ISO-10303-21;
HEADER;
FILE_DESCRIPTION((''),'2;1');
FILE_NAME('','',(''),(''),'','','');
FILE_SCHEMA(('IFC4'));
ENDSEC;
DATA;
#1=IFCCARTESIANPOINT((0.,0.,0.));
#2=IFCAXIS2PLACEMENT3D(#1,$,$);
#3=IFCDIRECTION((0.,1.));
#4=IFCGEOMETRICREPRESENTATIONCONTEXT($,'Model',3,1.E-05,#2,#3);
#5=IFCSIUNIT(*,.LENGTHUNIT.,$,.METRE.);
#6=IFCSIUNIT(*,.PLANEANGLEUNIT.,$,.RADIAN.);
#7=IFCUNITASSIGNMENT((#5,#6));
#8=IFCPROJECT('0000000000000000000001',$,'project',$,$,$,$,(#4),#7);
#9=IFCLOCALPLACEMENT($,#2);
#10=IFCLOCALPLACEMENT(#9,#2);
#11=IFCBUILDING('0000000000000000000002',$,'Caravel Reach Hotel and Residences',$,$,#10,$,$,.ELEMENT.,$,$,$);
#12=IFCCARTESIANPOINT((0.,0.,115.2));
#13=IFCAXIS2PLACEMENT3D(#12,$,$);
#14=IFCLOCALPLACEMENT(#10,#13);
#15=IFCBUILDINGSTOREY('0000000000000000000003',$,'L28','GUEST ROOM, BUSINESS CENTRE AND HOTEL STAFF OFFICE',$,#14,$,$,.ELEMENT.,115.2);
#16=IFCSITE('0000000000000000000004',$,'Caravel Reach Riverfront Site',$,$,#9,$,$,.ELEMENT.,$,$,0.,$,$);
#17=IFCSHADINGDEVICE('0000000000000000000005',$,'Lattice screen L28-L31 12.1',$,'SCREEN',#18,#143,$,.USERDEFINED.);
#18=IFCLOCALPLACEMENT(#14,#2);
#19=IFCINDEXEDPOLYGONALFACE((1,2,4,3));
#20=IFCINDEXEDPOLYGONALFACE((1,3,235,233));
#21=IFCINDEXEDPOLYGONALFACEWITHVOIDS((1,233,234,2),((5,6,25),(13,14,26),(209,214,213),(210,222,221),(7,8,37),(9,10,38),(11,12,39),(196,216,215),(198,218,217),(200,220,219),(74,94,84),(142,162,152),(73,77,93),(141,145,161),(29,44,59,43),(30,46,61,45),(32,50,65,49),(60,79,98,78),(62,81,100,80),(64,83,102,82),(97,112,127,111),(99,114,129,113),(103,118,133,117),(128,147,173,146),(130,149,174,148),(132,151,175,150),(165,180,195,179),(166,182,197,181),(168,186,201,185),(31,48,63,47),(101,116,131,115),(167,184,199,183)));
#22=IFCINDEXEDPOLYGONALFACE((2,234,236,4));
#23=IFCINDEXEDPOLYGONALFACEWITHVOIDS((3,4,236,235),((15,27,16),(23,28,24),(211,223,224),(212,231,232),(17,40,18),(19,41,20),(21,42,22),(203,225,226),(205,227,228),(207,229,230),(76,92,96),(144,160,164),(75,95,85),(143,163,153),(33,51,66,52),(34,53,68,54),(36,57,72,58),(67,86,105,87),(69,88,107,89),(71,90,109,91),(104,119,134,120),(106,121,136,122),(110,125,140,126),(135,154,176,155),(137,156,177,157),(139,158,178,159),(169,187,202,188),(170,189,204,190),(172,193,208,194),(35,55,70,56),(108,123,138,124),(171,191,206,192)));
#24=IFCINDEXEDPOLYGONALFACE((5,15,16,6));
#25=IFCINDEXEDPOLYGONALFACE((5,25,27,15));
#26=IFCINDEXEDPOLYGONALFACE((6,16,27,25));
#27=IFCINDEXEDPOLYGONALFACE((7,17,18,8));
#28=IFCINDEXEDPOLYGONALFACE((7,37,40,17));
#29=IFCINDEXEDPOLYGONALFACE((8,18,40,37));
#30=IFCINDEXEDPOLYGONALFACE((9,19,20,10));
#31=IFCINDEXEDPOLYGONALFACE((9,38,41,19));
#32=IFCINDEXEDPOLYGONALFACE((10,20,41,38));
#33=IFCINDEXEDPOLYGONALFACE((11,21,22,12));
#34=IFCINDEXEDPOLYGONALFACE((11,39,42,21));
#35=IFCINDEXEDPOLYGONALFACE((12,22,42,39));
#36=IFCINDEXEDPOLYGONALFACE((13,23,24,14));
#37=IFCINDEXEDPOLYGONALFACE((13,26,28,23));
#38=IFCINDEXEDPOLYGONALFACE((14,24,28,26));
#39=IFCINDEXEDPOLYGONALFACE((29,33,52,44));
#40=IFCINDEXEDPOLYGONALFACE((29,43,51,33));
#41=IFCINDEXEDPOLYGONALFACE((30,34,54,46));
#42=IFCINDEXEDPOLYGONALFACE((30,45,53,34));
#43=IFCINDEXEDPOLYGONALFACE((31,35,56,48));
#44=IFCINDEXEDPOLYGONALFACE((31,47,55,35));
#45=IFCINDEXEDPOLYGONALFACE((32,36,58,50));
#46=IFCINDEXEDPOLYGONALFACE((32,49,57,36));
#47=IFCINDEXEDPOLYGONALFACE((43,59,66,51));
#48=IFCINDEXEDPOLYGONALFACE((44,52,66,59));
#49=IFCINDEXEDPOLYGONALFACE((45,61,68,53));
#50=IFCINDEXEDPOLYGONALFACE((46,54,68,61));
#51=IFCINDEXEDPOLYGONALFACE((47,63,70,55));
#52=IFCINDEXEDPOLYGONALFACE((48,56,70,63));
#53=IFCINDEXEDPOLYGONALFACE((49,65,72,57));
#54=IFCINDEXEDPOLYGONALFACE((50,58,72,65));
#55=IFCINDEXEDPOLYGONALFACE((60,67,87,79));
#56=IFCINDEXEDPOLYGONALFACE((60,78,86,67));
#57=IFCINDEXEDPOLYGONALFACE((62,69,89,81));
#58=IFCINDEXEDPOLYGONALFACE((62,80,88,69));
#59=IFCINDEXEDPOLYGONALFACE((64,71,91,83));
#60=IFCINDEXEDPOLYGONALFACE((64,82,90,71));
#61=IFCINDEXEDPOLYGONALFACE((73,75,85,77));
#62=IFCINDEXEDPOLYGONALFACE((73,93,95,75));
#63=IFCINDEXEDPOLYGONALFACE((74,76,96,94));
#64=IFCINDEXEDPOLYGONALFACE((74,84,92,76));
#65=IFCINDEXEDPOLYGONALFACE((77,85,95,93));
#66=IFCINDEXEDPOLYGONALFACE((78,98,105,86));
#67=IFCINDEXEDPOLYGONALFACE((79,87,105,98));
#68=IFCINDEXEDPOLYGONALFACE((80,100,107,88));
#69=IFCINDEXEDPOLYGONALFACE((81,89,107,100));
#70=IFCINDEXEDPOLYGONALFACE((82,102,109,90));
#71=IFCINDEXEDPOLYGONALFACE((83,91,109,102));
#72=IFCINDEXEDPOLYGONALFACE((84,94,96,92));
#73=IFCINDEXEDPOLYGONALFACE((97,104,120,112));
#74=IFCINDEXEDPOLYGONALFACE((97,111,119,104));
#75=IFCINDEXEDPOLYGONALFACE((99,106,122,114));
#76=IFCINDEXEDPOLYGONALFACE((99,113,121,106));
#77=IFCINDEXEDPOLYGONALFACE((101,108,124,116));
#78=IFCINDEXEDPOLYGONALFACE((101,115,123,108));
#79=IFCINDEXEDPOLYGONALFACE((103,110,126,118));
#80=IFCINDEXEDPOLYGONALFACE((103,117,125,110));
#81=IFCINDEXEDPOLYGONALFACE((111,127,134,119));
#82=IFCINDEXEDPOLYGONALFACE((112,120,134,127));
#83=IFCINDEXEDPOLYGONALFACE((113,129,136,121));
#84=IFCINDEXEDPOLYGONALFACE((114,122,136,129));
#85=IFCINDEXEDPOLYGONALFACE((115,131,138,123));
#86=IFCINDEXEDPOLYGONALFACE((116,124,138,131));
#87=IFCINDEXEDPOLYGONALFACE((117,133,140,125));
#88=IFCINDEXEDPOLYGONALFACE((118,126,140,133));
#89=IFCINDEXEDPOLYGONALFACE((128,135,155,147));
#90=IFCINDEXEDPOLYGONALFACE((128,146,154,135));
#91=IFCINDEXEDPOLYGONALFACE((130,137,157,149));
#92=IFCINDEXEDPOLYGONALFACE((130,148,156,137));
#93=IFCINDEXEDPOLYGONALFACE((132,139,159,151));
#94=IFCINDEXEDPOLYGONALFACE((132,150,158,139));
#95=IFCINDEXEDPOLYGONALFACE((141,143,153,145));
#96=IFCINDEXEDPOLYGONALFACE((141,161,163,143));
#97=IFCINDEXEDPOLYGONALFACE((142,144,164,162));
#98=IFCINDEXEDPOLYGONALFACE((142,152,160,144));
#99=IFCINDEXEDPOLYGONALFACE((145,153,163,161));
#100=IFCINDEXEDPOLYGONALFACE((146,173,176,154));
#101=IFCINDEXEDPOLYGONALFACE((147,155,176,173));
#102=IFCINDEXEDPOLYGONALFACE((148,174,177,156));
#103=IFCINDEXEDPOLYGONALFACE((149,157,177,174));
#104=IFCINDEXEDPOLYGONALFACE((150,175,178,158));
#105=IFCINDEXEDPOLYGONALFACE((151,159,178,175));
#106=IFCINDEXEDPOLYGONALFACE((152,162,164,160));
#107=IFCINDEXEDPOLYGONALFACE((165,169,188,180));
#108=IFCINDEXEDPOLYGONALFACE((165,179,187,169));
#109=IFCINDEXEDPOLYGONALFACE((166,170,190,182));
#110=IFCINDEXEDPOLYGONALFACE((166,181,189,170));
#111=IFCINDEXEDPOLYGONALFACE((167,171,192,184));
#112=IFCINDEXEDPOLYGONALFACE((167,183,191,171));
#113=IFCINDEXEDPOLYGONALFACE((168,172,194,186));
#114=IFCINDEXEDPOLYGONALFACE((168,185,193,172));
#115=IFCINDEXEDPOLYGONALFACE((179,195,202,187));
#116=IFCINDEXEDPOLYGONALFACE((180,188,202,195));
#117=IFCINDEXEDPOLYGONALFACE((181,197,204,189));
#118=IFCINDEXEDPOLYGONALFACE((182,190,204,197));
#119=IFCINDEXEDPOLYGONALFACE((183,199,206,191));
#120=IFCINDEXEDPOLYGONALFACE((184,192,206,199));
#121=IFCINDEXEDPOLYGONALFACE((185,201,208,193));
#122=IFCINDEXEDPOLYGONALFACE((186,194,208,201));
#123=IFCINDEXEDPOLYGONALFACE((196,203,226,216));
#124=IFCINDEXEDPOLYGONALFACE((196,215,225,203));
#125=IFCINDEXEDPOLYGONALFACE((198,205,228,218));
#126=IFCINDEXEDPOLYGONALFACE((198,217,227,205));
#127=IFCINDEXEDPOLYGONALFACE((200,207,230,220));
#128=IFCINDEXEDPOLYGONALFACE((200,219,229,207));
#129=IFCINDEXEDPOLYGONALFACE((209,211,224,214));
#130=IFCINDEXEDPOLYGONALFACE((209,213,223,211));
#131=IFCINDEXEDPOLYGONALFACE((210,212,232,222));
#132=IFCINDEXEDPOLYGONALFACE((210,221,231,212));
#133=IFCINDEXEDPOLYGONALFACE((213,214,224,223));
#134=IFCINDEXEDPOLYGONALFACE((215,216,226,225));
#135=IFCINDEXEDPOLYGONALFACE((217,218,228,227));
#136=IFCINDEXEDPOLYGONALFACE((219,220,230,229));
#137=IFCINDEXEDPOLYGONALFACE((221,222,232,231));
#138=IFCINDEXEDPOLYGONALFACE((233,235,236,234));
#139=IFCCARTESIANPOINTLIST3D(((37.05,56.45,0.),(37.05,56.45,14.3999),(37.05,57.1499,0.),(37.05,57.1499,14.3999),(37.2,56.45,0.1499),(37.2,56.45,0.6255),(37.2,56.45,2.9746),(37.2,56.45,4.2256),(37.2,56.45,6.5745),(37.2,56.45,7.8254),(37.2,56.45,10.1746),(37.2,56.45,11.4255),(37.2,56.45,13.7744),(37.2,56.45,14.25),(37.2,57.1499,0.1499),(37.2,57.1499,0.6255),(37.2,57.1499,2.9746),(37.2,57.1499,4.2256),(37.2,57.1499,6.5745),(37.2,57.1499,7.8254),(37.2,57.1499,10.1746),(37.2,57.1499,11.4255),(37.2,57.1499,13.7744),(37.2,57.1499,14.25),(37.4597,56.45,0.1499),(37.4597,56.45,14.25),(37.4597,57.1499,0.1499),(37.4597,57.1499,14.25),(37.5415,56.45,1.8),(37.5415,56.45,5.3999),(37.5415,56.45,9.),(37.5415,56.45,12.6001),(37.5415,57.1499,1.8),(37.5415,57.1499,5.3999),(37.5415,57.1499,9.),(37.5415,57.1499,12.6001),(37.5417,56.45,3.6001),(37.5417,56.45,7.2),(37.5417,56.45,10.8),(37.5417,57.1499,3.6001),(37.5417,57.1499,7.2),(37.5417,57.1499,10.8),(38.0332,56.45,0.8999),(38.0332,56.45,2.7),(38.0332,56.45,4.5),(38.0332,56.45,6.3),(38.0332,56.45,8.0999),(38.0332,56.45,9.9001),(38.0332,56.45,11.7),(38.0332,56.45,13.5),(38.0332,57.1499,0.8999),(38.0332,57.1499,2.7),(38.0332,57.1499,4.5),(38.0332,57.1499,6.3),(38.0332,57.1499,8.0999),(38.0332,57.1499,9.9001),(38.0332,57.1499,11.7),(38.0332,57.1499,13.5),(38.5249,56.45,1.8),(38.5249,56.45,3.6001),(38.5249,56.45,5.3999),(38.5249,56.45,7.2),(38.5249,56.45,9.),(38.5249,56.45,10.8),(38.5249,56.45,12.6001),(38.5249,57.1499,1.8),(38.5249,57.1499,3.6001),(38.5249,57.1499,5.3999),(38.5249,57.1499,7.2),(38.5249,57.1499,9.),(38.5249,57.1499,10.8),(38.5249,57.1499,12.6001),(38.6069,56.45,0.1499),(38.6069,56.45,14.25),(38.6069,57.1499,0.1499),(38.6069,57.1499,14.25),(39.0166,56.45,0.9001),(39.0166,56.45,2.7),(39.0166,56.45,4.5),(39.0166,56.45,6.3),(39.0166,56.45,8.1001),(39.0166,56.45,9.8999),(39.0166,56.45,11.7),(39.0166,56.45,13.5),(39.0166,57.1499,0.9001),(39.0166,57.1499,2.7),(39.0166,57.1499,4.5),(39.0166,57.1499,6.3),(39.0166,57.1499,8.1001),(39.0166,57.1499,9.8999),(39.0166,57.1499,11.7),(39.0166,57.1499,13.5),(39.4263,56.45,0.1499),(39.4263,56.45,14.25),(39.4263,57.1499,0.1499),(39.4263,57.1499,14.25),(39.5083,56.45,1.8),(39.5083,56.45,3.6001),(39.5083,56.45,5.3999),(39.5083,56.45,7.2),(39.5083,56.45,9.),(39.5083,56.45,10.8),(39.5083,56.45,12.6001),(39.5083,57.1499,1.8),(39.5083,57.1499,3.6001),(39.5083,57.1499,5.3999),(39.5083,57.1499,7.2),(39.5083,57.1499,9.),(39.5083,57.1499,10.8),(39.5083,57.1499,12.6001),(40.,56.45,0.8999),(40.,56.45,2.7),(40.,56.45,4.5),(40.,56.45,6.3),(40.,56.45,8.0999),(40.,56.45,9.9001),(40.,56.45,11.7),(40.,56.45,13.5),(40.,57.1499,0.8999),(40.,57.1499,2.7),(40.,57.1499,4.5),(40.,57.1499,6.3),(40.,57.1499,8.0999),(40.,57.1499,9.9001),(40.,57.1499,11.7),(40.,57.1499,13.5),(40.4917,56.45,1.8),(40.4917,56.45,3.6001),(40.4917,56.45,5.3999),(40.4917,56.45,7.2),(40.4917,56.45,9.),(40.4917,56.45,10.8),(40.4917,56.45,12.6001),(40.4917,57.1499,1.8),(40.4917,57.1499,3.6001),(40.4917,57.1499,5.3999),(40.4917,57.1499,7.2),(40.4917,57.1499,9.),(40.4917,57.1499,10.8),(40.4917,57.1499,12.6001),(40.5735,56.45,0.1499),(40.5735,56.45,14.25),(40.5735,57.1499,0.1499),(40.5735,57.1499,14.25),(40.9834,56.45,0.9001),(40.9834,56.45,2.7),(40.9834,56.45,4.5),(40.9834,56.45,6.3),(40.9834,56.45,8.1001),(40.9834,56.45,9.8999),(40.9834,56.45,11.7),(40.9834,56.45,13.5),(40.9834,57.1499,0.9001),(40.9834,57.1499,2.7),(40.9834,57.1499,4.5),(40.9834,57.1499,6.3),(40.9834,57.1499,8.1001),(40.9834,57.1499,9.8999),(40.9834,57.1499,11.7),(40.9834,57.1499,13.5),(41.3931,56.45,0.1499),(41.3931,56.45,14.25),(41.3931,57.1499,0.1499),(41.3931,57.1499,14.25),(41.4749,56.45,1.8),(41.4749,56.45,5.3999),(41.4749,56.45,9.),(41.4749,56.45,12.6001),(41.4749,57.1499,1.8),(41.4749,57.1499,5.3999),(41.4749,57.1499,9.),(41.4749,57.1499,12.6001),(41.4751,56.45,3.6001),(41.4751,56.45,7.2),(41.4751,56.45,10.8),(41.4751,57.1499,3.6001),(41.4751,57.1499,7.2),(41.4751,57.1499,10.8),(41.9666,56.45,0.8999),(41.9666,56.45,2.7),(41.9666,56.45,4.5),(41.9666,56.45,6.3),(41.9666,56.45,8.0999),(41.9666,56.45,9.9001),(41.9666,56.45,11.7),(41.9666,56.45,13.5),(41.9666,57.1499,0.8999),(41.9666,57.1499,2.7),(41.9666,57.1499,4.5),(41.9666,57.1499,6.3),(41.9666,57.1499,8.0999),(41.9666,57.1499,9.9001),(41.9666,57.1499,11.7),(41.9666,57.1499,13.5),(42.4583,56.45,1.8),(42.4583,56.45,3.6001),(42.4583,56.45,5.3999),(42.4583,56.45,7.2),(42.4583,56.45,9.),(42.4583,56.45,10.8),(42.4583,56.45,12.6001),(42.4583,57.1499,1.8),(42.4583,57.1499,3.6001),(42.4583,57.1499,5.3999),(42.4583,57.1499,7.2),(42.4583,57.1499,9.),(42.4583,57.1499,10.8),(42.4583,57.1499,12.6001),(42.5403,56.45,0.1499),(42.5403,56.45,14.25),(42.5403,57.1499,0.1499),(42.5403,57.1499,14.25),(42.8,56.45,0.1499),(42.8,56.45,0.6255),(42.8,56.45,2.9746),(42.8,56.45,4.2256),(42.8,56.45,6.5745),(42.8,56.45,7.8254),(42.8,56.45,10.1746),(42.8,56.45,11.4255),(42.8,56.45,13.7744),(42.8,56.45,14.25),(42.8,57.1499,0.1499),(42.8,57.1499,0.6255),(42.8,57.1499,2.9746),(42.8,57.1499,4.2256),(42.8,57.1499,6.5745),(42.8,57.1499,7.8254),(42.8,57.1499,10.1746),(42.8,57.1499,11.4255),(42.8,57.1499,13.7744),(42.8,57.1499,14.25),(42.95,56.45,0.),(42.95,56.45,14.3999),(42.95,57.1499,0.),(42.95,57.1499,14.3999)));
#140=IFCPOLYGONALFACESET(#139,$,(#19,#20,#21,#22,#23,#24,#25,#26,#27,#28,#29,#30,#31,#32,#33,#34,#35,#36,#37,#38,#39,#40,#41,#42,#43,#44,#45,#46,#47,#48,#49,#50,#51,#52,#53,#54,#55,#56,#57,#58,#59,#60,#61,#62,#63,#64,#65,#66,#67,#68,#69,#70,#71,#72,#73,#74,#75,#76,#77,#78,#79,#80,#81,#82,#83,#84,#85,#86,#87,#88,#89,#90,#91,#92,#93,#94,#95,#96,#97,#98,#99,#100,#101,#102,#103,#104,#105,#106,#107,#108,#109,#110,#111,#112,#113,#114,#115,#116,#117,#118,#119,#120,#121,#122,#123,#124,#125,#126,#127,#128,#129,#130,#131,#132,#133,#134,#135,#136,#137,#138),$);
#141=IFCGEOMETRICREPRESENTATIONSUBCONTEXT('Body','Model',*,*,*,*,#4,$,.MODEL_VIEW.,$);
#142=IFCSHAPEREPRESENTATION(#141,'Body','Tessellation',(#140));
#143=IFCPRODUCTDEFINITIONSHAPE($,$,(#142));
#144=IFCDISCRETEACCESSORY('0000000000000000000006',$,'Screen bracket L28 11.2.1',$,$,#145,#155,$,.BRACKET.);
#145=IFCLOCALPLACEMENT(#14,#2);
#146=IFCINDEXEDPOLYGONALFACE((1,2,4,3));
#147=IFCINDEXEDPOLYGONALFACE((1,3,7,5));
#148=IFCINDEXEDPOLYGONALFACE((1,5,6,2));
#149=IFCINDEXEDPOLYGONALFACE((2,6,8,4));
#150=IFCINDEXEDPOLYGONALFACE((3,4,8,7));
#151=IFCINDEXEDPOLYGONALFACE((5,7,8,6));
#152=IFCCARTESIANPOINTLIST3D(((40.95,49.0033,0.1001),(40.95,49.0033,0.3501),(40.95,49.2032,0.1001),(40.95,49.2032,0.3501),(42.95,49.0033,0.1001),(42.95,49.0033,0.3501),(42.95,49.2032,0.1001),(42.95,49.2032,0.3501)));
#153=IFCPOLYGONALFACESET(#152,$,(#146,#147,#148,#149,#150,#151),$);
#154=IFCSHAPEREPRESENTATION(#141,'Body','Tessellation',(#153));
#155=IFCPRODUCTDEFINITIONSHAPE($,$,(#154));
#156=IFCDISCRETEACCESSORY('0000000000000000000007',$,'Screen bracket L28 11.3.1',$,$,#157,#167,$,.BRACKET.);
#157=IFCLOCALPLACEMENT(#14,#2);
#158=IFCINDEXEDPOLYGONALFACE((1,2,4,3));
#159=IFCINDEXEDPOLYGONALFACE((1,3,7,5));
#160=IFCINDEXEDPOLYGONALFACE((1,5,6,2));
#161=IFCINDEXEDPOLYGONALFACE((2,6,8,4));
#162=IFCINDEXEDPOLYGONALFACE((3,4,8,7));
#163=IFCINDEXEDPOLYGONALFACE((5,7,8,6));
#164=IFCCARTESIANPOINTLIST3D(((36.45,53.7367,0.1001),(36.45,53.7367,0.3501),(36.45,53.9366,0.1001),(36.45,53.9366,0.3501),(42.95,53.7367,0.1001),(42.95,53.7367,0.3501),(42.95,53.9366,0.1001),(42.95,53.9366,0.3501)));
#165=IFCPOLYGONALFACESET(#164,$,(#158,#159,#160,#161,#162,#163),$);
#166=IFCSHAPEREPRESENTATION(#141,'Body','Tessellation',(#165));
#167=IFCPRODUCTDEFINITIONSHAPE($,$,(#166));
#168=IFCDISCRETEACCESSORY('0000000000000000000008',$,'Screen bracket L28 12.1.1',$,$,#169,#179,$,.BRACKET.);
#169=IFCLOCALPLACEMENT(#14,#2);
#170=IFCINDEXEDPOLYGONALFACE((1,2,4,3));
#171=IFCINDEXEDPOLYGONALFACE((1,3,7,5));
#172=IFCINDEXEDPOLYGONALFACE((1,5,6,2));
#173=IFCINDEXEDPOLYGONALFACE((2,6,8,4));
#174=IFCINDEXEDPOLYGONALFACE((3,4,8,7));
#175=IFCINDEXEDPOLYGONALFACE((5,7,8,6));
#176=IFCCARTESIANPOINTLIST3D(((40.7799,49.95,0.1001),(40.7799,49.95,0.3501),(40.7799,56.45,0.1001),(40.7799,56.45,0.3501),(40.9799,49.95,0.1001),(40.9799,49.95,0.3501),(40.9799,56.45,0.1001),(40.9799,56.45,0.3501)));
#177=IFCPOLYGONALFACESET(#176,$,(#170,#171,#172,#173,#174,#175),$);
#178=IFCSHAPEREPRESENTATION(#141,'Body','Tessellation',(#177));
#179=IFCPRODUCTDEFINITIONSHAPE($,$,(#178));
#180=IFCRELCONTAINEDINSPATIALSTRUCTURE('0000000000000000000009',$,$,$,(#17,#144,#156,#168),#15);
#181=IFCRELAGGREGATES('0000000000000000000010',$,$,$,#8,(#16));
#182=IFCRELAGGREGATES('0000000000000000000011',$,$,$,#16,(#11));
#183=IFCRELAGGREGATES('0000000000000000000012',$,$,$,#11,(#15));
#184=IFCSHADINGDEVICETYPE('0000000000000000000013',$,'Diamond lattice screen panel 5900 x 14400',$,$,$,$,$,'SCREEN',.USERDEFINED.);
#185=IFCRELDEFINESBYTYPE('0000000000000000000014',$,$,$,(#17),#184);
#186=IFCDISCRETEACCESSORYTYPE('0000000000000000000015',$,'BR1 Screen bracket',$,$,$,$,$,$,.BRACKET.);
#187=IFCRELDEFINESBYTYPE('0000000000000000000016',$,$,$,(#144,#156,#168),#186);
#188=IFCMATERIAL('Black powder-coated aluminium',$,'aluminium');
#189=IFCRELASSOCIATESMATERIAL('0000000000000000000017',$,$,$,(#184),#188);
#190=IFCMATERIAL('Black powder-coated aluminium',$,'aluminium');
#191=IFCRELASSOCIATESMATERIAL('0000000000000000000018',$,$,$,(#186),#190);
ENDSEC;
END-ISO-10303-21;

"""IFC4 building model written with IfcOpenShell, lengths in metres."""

from ifc_helpers import new_model, si_unit, direction, frame, origin, origin_2d, place, context, subcontext, project, spatial, polyline, rectangle, outline, extrude, material, type_object, element, save


model = new_model("IFC4")

# Units and contexts
model_context = context("Model", 3, precision=1e-05, world=origin(), true_north=direction((0.0, 1.0)))
body_context = subcontext(model_context, "Body", "Model", "MODEL_VIEW")
ifc_project = project(units=[si_unit("LENGTHUNIT", "METRE"), si_unit("PLANEANGLEUNIT", "RADIAN")], contexts=[model_context])

# Site, building, storey
site_placement = place(None, origin())
site = spatial("IfcSite", under=ifc_project, at=site_placement, Name="Caravel Reach Riverfront Site", CompositionType="ELEMENT", RefElevation=0.0)
building_placement = place(site_placement, origin())
building = spatial("IfcBuilding", under=site, at=building_placement, Name="Caravel Reach Hotel and Residences", CompositionType="ELEMENT")
storey_placement = place(building_placement, frame((0.0, 0.0, 115.2)))
storey = spatial("IfcBuildingStorey", under=building, at=storey_placement, Name="L28", Description="GUEST ROOM, BUSINESS CENTRE AND HOTEL STAFF OFFICE", CompositionType="ELEMENT", Elevation=115.2)

# Shading device
ifc_material_1 = material(Name="Black powder-coated aluminium", Category="aluminium")
shading_device_type_1 = type_object("IfcShadingDeviceType", Name="Diamond lattice screen panel 5900 x 14400", ElementType="SCREEN", PredefinedType="USERDEFINED", material=ifc_material_1)
shading_device_1_placement = place(storey_placement, frame((42.95, 56.45, 0.0), z_axis=(0.0, 1.0, 0.0), x_axis=(-1.0, 0.0, 0.0)))
element("IfcShadingDevice", 1, at=shading_device_1_placement, inside=storey, type_object=shading_device_type_1, Name="Lattice screen L28-L31 12.1", ObjectType="SCREEN", PredefinedType="USERDEFINED", context=body_context, shape_type="SweptSolid", body=[
    extrude(outline(polyline([(0.0, 0.0), (5.8999, 0.0), (5.8999, 14.3999), (0.0, 14.3999), (0.0, 0.0)]), holes=[polyline([(0.4097, 0.1499), (0.1499, 0.6255), (0.1499, 0.1499), (0.4097, 0.1499)]), polyline([(0.4917, 3.6001), (0.1499, 4.2256), (0.1499, 2.9746), (0.4917, 3.6001)]), polyline([(0.4917, 7.2), (0.1499, 7.8254), (0.1499, 6.5745), (0.4917, 7.2)]), polyline([(0.4917, 10.8), (0.1499, 11.4255), (0.1499, 10.1746), (0.4917, 10.8)]), polyline([(0.1499, 13.7744), (0.4097, 14.25), (0.1499, 14.25), (0.1499, 13.7744)]), polyline([(0.9834, 2.7), (0.4917, 1.8), (0.9834, 0.8999), (1.4751, 1.8), (0.9834, 2.7)]), polyline([(0.9834, 6.3), (0.4917, 5.3999), (0.9834, 4.5), (1.4751, 5.3999), (0.9834, 6.3)]), polyline([(0.9834, 9.9001), (0.4917, 9.0), (0.9834, 8.0999), (1.4751, 9.0), (0.9834, 9.9001)]), polyline([(0.9834, 13.5), (0.4917, 12.6001), (0.9834, 11.7), (1.4751, 12.6001), (0.9834, 13.5)]), polyline([(1.9666, 0.9001), (1.5569, 0.1499), (2.3765, 0.1499), (1.9666, 0.9001)]), polyline([(1.9666, 4.5), (1.4749, 3.6001), (1.9666, 2.7), (2.4583, 3.6001), (1.9666, 4.5)]), polyline([(1.9666, 8.1001), (1.4749, 7.2), (1.9666, 6.3), (2.4583, 7.2), (1.9666, 8.1001)]), polyline([(1.9666, 11.7), (1.4749, 10.8), (1.9666, 9.8999), (2.4583, 10.8), (1.9666, 11.7)]), polyline([(1.9666, 13.5), (2.3765, 14.25), (1.5569, 14.25), (1.9666, 13.5)]), polyline([(2.95, 2.7), (2.4583, 1.8), (2.95, 0.8999), (3.4417, 1.8), (2.95, 2.7)]), polyline([(2.95, 6.3), (2.4583, 5.3999), (2.95, 4.5), (3.4417, 5.3999), (2.95, 6.3)]), polyline([(2.95, 9.9001), (2.4583, 9.0), (2.95, 8.0999), (3.4417, 9.0), (2.95, 9.9001)]), polyline([(2.95, 13.5), (2.4583, 12.6001), (2.95, 11.7), (3.4417, 12.6001), (2.95, 13.5)]), polyline([(3.9333, 0.9001), (3.5237, 0.1499), (4.343, 0.1499), (3.9333, 0.9001)]), polyline([(3.9333, 4.5), (3.4417, 3.6001), (3.9333, 2.7), (4.425, 3.6001), (3.9333, 4.5)]), polyline([(3.9333, 8.1001), (3.4417, 7.2), (3.9333, 6.3), (4.425, 7.2), (3.9333, 8.1001)]), polyline([(3.9333, 11.7), (3.4417, 10.8), (3.9333, 9.8999), (4.425, 10.8), (3.9333, 11.7)]), polyline([(3.9333, 13.5), (4.343, 14.25), (3.5237, 14.25), (3.9333, 13.5)]), polyline([(4.9167, 2.7), (4.425, 1.8), (4.9167, 0.8999), (5.4084, 1.8), (4.9167, 2.7)]), polyline([(4.9167, 6.3), (4.425, 5.3999), (4.9167, 4.5), (5.4084, 5.3999), (4.9167, 6.3)]), polyline([(4.9167, 9.9001), (4.425, 9.0), (4.9167, 8.0999), (5.4084, 9.0), (4.9167, 9.9001)]), polyline([(4.9167, 13.5), (4.425, 12.6001), (4.9167, 11.7), (5.4084, 12.6001), (4.9167, 13.5)]), polyline([(5.75, 0.6255), (5.4902, 0.1499), (5.75, 0.1499), (5.75, 0.6255)]), polyline([(5.4082, 3.6001), (5.75, 2.9746), (5.75, 4.2256), (5.4082, 3.6001)]), polyline([(5.4082, 7.2), (5.75, 6.5745), (5.75, 7.8254), (5.4082, 7.2)]), polyline([(5.4082, 10.8), (5.75, 10.1746), (5.75, 11.4255), (5.4082, 10.8)]), polyline([(5.4902, 14.25), (5.75, 13.7744), (5.75, 14.25), (5.4902, 14.25)])]), origin(), (0.0, 0.0, 1.0), 0.7),
])

# Discrete accessories
ifc_material_2 = material(Name="Black powder-coated aluminium", Category="aluminium")
discrete_accessory_type = type_object("IfcDiscreteAccessoryType", Name="BR1 Screen bracket", PredefinedType="BRACKET", material=ifc_material_2)
discrete_accessory_placement = place(storey_placement, frame((41.95, 49.1033, 0.1001), z_axis=(0.0, 0.0, 1.0), x_axis=(1.0, 0.0, 0.0)))
element("IfcDiscreteAccessory", 2, at=discrete_accessory_placement, inside=storey, type_object=discrete_accessory_type, Name="Screen bracket L28 11.2.1", PredefinedType="BRACKET", context=body_context, shape_type="SweptSolid", body=[
    extrude(rectangle(XDim=2.0, YDim=0.2, at=origin_2d()), origin(), (0.0, 0.0, 1.0), 0.25),
])
for number, where, z_axis, x_axis, name in (
    (3, (39.7, 53.8367, 0.1001), (0.0, 0.0, 1.0), (1.0, 0.0, 0.0), "Screen bracket L28 11.3.1"),
    (4, (40.8799, 53.2, 0.1001), (0.0, 0.0, 1.0), (0.0, 1.0, 0.0), "Screen bracket L28 12.1.1"),
):
    element("IfcDiscreteAccessory", number, at=place(storey_placement, frame(where, z_axis=z_axis, x_axis=x_axis)), inside=storey, type_object=discrete_accessory_type, Name=name, PredefinedType="BRACKET", context=body_context, shape_type="SweptSolid", body=[
        extrude(rectangle(XDim=6.5, YDim=0.2, at=origin_2d()), origin(), (0.0, 0.0, 1.0), 0.25),
    ])

save(model, "model.ifc")
